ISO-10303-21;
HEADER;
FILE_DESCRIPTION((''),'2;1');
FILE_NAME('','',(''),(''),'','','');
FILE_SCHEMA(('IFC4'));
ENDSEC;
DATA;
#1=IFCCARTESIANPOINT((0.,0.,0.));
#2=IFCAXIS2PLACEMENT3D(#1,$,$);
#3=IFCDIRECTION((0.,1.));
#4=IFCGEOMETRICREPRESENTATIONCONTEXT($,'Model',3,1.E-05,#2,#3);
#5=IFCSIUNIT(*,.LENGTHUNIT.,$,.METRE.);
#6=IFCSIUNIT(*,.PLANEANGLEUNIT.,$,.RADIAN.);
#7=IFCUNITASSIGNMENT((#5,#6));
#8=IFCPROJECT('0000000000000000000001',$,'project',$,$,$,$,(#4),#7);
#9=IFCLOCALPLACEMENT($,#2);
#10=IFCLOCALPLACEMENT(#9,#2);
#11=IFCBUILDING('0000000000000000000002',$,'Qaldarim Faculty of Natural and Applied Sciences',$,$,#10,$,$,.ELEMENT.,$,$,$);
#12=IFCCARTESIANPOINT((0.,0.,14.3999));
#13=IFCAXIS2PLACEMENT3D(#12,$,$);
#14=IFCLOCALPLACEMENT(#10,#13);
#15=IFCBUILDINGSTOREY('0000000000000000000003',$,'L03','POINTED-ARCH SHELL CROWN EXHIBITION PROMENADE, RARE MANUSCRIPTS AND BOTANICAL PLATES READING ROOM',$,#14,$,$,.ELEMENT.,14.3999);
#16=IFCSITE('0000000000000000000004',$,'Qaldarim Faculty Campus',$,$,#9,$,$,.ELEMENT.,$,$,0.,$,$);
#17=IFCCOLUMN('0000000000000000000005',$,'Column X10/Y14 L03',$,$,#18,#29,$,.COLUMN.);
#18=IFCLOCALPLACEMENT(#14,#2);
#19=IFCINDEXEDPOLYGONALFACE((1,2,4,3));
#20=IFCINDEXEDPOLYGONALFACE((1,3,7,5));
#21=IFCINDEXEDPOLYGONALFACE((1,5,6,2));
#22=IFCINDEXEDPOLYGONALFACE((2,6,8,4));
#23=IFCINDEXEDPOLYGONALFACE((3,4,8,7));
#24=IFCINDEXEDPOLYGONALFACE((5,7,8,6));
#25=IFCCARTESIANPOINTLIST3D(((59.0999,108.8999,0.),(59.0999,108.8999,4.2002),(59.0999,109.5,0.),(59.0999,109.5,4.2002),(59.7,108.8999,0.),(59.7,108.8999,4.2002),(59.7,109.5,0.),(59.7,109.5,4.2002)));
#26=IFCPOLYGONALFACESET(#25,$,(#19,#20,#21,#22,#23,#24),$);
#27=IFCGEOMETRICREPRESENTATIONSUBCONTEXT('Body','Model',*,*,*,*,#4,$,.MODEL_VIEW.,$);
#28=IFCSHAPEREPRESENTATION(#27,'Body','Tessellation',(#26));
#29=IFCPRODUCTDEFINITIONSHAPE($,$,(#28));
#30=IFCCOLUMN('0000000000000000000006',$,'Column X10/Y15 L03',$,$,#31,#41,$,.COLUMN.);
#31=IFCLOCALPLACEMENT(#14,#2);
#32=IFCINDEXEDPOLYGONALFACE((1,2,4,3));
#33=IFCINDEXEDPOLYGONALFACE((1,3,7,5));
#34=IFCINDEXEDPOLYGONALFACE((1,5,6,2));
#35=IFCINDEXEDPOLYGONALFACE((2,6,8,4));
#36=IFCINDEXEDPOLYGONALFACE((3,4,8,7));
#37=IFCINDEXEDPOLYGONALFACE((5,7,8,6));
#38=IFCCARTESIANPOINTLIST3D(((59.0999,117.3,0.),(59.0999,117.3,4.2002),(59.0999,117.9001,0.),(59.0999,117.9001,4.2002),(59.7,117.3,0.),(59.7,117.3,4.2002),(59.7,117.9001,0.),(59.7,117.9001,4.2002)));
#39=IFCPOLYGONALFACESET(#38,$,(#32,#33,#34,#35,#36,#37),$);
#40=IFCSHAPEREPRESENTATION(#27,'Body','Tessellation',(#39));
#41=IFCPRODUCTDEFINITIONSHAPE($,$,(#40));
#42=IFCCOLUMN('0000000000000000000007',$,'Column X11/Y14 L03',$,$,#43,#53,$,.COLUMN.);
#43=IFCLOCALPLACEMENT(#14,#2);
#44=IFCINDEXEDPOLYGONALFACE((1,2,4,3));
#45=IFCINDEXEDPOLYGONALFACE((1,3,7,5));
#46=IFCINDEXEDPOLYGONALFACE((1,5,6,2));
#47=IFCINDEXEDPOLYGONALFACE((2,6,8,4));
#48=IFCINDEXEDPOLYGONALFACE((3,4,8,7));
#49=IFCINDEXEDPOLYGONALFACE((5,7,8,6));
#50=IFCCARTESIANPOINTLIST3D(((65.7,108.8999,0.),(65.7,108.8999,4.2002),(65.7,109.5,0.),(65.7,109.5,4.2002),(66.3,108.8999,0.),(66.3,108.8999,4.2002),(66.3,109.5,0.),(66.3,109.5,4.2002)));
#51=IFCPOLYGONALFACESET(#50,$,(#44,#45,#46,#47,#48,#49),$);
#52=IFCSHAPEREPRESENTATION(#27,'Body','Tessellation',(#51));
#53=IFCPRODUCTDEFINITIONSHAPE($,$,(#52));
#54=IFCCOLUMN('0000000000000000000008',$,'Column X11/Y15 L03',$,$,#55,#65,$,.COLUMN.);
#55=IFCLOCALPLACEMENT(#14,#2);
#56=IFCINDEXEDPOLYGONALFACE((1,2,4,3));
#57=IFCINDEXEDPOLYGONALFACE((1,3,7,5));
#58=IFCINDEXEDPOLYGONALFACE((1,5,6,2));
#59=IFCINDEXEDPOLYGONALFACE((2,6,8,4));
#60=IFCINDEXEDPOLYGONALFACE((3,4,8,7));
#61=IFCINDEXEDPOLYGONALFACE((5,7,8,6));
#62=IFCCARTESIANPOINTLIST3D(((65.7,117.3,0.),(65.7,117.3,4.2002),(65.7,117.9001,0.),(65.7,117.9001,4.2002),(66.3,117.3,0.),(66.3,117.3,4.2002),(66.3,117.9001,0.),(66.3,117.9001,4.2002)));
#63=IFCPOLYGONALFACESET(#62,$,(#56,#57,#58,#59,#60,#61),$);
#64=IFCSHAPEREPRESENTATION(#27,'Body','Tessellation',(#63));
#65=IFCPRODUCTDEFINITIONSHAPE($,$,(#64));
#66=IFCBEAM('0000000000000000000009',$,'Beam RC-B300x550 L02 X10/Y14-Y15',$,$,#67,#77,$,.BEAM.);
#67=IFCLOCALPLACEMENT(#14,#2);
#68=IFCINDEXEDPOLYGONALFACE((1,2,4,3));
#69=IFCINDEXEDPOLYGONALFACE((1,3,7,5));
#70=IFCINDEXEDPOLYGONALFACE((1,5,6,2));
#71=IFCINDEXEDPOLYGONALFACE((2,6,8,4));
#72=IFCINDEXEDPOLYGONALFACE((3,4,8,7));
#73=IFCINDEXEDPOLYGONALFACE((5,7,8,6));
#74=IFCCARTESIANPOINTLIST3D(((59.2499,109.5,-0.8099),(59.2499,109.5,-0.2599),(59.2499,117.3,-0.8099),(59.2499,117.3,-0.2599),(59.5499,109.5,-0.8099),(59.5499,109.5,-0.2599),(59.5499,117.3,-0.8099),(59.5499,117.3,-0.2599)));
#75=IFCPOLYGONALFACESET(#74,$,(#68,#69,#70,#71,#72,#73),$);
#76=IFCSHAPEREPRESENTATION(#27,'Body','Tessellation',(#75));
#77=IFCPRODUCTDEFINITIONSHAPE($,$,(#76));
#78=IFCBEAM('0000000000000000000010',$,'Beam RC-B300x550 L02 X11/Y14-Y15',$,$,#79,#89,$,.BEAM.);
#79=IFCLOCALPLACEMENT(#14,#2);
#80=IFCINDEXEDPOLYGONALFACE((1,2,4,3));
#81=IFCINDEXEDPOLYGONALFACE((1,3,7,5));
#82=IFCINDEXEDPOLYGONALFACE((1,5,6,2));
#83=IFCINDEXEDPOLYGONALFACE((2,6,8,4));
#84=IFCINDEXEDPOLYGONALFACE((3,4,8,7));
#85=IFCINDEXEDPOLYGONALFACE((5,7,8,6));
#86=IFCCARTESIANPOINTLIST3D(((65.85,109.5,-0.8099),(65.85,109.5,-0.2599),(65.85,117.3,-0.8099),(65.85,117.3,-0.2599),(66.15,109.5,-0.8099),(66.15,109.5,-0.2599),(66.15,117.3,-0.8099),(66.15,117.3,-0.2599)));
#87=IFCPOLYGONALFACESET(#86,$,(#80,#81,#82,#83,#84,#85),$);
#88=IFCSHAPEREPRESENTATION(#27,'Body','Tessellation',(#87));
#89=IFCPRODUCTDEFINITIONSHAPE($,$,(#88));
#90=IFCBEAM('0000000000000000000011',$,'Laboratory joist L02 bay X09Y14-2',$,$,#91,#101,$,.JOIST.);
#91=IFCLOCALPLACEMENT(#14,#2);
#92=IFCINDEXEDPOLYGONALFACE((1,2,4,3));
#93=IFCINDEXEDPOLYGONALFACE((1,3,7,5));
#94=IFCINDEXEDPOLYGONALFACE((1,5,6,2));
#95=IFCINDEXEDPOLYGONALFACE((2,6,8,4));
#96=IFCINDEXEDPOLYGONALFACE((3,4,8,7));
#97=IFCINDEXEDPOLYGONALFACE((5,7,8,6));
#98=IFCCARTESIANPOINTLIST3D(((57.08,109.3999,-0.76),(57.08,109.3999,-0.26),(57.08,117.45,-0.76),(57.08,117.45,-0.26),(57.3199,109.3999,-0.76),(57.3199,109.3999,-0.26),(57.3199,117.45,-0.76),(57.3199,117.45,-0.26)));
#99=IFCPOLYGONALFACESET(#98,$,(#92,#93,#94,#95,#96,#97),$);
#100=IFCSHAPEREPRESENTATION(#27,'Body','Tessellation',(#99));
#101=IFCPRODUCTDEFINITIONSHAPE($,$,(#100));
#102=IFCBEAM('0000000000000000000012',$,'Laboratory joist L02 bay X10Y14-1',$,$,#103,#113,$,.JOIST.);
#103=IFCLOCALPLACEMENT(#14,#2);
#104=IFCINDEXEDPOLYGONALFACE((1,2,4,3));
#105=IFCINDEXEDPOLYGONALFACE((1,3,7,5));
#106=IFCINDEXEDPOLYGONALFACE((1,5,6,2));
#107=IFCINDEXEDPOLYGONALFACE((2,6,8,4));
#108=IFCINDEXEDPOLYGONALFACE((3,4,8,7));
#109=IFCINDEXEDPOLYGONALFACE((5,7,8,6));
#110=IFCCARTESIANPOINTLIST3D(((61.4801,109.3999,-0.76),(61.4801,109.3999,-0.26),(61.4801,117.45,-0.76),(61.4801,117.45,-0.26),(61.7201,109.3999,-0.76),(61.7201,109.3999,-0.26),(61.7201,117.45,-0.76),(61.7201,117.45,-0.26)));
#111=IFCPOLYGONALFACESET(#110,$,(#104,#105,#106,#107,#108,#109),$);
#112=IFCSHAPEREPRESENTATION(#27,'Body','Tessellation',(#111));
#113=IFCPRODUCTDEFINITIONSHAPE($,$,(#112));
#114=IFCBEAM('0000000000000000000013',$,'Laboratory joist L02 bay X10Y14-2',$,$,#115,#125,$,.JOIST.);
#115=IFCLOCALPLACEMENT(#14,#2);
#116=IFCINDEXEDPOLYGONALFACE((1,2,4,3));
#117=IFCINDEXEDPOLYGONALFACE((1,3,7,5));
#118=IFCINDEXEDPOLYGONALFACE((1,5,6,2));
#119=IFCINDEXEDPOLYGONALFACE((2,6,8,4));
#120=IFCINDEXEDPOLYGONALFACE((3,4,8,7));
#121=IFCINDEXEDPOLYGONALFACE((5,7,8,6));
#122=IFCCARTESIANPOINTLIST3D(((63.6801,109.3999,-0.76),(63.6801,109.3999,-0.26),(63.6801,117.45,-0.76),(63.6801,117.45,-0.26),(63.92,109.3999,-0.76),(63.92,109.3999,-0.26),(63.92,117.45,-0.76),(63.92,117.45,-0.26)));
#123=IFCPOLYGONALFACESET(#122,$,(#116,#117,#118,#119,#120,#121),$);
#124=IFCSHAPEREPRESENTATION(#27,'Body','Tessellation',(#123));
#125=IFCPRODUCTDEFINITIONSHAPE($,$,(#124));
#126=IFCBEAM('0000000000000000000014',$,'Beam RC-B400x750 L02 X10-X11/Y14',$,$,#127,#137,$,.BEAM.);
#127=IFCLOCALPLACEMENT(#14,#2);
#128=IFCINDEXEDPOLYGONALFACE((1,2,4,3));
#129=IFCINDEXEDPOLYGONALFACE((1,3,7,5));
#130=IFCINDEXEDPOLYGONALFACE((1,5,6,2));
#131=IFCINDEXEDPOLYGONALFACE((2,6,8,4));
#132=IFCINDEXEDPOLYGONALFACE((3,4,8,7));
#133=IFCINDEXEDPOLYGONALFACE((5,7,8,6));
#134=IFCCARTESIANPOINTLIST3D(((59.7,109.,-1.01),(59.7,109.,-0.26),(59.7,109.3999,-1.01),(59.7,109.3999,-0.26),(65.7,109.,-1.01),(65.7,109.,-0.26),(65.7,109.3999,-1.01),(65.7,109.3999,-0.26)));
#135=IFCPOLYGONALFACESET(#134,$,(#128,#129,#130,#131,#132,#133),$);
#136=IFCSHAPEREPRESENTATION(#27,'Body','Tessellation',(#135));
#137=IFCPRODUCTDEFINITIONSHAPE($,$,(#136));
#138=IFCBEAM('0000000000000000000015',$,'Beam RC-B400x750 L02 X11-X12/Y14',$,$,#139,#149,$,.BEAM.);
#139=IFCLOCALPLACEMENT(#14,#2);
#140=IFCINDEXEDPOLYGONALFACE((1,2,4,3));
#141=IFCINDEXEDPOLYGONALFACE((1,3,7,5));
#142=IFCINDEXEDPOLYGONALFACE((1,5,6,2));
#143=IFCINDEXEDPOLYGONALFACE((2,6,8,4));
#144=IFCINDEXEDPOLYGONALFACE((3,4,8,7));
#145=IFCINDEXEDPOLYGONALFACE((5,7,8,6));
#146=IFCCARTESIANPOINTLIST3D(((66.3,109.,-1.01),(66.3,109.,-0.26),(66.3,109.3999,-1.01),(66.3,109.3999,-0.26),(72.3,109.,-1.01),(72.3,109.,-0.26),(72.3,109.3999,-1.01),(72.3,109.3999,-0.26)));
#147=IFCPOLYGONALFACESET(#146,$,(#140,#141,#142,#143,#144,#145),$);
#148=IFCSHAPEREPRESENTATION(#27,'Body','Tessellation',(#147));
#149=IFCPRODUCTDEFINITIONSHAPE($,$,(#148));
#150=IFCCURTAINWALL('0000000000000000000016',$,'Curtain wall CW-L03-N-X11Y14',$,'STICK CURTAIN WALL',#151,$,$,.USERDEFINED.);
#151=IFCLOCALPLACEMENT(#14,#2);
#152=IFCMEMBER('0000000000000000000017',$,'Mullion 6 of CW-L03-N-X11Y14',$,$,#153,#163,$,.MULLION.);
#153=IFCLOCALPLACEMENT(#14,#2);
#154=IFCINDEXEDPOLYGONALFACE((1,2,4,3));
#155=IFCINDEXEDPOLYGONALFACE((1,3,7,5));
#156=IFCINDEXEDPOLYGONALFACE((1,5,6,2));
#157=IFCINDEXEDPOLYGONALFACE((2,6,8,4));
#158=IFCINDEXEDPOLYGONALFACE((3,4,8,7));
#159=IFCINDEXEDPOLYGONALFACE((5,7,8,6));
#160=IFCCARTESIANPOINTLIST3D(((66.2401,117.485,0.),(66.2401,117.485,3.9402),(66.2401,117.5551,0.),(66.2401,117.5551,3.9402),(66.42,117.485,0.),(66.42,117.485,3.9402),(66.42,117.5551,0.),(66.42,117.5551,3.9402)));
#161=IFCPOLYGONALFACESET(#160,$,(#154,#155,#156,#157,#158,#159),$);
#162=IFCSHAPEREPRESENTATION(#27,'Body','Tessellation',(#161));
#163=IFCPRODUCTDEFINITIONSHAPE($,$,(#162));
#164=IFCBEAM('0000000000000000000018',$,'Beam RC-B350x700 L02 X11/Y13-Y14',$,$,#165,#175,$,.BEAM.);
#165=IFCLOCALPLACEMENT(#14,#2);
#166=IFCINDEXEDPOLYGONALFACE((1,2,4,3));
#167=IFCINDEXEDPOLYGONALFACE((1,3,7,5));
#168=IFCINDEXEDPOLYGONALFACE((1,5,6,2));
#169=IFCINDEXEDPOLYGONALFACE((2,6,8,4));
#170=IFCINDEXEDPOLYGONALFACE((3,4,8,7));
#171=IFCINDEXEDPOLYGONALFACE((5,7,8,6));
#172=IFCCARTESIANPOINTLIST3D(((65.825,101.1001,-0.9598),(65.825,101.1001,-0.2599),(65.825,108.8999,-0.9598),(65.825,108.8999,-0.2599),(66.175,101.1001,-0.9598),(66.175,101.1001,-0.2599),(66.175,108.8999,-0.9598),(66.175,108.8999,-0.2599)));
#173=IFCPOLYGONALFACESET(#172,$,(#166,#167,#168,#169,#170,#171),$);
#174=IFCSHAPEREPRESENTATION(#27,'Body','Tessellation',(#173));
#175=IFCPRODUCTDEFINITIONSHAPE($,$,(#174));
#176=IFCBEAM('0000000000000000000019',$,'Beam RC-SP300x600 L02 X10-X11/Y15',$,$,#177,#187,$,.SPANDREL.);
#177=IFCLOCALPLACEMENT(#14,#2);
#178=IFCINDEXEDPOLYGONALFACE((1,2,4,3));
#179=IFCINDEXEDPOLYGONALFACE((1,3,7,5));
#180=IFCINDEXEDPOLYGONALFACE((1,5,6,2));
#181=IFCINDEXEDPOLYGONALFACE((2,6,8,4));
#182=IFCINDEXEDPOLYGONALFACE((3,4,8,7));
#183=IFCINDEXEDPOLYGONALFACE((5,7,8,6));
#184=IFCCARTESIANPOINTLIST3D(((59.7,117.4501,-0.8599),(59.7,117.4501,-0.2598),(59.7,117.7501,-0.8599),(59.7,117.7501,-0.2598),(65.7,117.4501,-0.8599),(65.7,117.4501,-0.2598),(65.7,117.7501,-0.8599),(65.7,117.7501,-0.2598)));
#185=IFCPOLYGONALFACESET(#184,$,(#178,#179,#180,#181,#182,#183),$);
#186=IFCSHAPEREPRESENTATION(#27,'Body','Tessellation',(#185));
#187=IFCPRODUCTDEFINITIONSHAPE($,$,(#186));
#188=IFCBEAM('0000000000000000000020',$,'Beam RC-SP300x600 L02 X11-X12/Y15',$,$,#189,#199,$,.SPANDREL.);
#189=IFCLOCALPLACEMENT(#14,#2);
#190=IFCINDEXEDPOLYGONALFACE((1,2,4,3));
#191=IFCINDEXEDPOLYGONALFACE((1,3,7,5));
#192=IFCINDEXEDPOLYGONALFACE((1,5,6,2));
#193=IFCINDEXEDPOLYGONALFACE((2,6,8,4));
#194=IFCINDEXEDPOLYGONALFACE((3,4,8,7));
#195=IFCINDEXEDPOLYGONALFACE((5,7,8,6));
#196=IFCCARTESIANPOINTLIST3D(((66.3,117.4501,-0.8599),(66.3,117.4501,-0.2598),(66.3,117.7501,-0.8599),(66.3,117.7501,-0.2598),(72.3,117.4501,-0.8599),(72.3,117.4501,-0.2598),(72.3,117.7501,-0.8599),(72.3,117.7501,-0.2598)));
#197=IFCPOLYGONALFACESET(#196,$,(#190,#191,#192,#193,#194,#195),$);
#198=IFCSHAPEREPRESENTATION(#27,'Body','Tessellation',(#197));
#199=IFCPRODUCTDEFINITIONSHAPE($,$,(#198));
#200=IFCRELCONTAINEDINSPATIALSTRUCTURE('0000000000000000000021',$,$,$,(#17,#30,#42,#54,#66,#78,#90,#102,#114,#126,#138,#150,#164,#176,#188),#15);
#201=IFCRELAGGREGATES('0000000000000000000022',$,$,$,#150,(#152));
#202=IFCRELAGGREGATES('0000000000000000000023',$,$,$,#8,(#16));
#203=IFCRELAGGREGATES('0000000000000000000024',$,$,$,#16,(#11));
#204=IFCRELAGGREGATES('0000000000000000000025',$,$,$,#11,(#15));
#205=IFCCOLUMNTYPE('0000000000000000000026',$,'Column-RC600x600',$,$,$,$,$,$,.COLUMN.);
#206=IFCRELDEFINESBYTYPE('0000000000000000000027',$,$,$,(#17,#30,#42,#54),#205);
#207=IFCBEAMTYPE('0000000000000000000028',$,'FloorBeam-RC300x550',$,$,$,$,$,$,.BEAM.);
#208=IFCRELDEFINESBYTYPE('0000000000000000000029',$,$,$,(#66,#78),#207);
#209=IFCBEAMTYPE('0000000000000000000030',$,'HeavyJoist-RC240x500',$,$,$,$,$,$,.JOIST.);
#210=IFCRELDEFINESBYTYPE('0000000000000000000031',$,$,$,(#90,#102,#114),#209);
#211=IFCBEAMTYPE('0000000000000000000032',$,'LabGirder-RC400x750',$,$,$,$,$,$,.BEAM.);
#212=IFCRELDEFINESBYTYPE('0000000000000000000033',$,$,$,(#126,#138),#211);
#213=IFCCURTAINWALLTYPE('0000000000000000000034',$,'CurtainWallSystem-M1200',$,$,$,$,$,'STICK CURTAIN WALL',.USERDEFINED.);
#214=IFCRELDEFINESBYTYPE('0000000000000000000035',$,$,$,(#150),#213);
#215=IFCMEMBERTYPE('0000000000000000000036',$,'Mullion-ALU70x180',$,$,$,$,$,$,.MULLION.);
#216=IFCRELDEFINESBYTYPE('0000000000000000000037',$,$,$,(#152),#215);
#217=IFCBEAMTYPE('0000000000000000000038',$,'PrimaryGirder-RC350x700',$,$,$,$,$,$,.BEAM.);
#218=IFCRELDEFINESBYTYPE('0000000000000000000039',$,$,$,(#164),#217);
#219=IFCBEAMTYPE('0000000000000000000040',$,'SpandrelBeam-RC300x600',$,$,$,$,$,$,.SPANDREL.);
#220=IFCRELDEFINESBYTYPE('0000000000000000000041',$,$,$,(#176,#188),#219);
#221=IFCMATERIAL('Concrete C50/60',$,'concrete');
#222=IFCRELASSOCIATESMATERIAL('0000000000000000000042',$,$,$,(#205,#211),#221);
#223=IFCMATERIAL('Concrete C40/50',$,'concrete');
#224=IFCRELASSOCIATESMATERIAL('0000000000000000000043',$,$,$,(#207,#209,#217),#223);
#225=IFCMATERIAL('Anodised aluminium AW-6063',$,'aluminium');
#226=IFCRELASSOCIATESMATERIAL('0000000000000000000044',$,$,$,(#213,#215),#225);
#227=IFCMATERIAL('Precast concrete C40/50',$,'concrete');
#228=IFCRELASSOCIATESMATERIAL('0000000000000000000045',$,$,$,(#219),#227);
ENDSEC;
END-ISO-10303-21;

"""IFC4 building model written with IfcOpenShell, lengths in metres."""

from ifc_helpers import new_model, si_unit, direction, frame, origin, origin_2d, place, context, subcontext, project, spatial, rectangle, extrude, material, material_profile, profile_set, type_object, element, aggregate, save


model = new_model("IFC4")

# Units and contexts
model_context = context("Model", 3, precision=1e-05, world=origin(), true_north=direction((0.0, 1.0)))
body_context = subcontext(model_context, "Body", "Model", "MODEL_VIEW")
ifc_project = project(units=[si_unit("LENGTHUNIT", "METRE"), si_unit("PLANEANGLEUNIT", "RADIAN")], contexts=[model_context])

# Site, building, storey
site_placement = place(None, origin())
site = spatial("IfcSite", under=ifc_project, at=site_placement, Name="Qaldarim Faculty Campus", CompositionType="ELEMENT", RefElevation=0.0)
building_placement = place(site_placement, origin())
building = spatial("IfcBuilding", under=site, at=building_placement, Name="Qaldarim Faculty of Natural and Applied Sciences", CompositionType="ELEMENT")
storey_placement = place(building_placement, frame((0.0, 0.0, 14.3999)))
storey = spatial("IfcBuildingStorey", under=building, at=storey_placement, Name="L03", Description="POINTED-ARCH SHELL CROWN EXHIBITION PROMENADE, RARE MANUSCRIPTS AND BOTANICAL PLATES READING ROOM", CompositionType="ELEMENT", Elevation=14.3999)

# Columns
ifc_material_1 = material(Name="Concrete C50/60", Category="concrete")
ifc_material_profile_1 = material_profile(ifc_material_1, rectangle(XDim=0.6001, YDim=0.6001, at=origin_2d()), Name="RC-C600x600")
ifc_profile_set_1 = profile_set([ifc_material_profile_1], Name="Concrete C50/60")
column_type = type_object("IfcColumnType", Name="Column-RC600x600", PredefinedType="COLUMN", material=ifc_profile_set_1)
for number, where, z_axis, x_axis, name in (
    (1, (59.3999, 109.2, 0.0), (0.0, 0.0, 1.0), (1.0, 0.0, 0.0), "Column X10/Y14 L03"),
    (2, (59.3999, 117.6001, 0.0), (0.0, 0.0, 1.0), (1.0, 0.0, 0.0), "Column X10/Y15 L03"),
    (3, (66.0, 109.2, 0.0), (0.0, 0.0, 1.0), (1.0, 0.0, 0.0), "Column X11/Y14 L03"),
    (4, (66.0, 117.6001, 0.0), (0.0, 0.0, 1.0), (1.0, 0.0, 0.0), "Column X11/Y15 L03"),
):
    element("IfcColumn", number, at=place(storey_placement, frame(where, z_axis=z_axis, x_axis=x_axis)), inside=storey, type_object=column_type, Name=name, PredefinedType="COLUMN", context=body_context, shape_type="SweptSolid", body=[
        extrude(rectangle(XDim=0.6001, YDim=0.6001, at=origin_2d()), origin(), (0.0, 0.0, 1.0), 4.2002),
    ])

# Beams
ifc_material_2 = material(Name="Concrete C40/50", Category="concrete")
ifc_material_profile_2 = material_profile(ifc_material_2, rectangle(XDim=0.3, YDim=0.55, at=origin_2d()), Name="RC-B300x550")
ifc_profile_set_2 = profile_set([ifc_material_profile_2], Name="Concrete C40/50")
beam_type_1 = type_object("IfcBeamType", Name="FloorBeam-RC300x550", PredefinedType="BEAM", material=ifc_profile_set_2)
for number, where, z_axis, x_axis, name in (
    (5, (59.3999, 109.5, -0.5349), (0.0, 1.0, 0.0), (-1.0, 0.0, 0.0), "Beam RC-B300x550 L02 X10/Y14-Y15"),
    (6, (66.0, 109.5, -0.5349), (0.0, 1.0, 0.0), (-1.0, 0.0, 0.0), "Beam RC-B300x550 L02 X11/Y14-Y15"),
):
    element("IfcBeam", number, at=place(storey_placement, frame(where, z_axis=z_axis, x_axis=x_axis)), inside=storey, type_object=beam_type_1, Name=name, PredefinedType="BEAM", context=body_context, shape_type="SweptSolid", body=[
        extrude(rectangle(XDim=0.3, YDim=0.55, at=origin_2d()), origin(), (0.0, 0.0, 1.0), 7.8),
    ])
ifc_material_profile_3 = material_profile(ifc_material_2, rectangle(XDim=0.24, YDim=0.5, at=origin_2d()), Name="RC-J240x500")
ifc_profile_set_3 = profile_set([ifc_material_profile_3], Name="Concrete C40/50")
beam_type_2 = type_object("IfcBeamType", Name="HeavyJoist-RC240x500", PredefinedType="JOIST", material=ifc_profile_set_3)
for number, where, z_axis, x_axis, name in (
    (7, (57.2, 109.3999, -0.51), (0.0, 1.0, 0.0), (-1.0, 0.0, 0.0), "Laboratory joist L02 bay X09Y14-2"),
    (8, (61.6001, 109.3999, -0.51), (0.0, 1.0, 0.0), (-1.0, 0.0, 0.0), "Laboratory joist L02 bay X10Y14-1"),
    (9, (63.8, 109.3999, -0.51), (0.0, 1.0, 0.0), (-1.0, 0.0, 0.0), "Laboratory joist L02 bay X10Y14-2"),
):
    element("IfcBeam", number, at=place(storey_placement, frame(where, z_axis=z_axis, x_axis=x_axis)), inside=storey, type_object=beam_type_2, Name=name, PredefinedType="JOIST", context=body_context, shape_type="SweptSolid", body=[
        extrude(rectangle(XDim=0.24, YDim=0.5, at=origin_2d()), origin(), (0.0, 0.0, 1.0), 8.05),
    ])
ifc_material_profile_4 = material_profile(ifc_material_1, rectangle(XDim=0.3999, YDim=0.75, at=origin_2d()), Name="RC-B400x750")
ifc_profile_set_4 = profile_set([ifc_material_profile_4], Name="Concrete C50/60")
beam_type_3 = type_object("IfcBeamType", Name="LabGirder-RC400x750", PredefinedType="BEAM", material=ifc_profile_set_4)
for number, where, z_axis, x_axis, name in (
    (10, (59.7, 109.2, -0.635), (1.0, 0.0, 0.0), (0.0, 1.0, 0.0), "Beam RC-B400x750 L02 X10-X11/Y14"),
    (11, (66.3, 109.2, -0.635), (1.0, 0.0, 0.0), (0.0, 1.0, 0.0), "Beam RC-B400x750 L02 X11-X12/Y14"),
):
    element("IfcBeam", number, at=place(storey_placement, frame(where, z_axis=z_axis, x_axis=x_axis)), inside=storey, type_object=beam_type_3, Name=name, PredefinedType="BEAM", context=body_context, shape_type="SweptSolid", body=[
        extrude(rectangle(XDim=0.3999, YDim=0.75, at=origin_2d()), origin(), (0.0, 0.0, 1.0), 6.0),
    ])

# Curtain wall, member
ifc_material_3 = material(Name="Anodised aluminium AW-6063", Category="aluminium")
curtain_wall_type = type_object("IfcCurtainWallType", Name="CurtainWallSystem-M1200", ElementType="STICK CURTAIN WALL", PredefinedType="USERDEFINED", material=ifc_material_3)
curtain_wall_placement = place(storey_placement, origin())
curtain_wall = element("IfcCurtainWall", 12, at=curtain_wall_placement, inside=storey, type_object=curtain_wall_type, Name="Curtain wall CW-L03-N-X11Y14", ObjectType="STICK CURTAIN WALL", PredefinedType="USERDEFINED")
ifc_material_profile_5 = material_profile(ifc_material_3, rectangle(XDim=0.0701, YDim=0.1799, at=origin_2d()), Name="ALU-M70x180")
ifc_profile_set_5 = profile_set([ifc_material_profile_5], Name="Anodised aluminium AW-6063")
member_type = type_object("IfcMemberType", Name="Mullion-ALU70x180", PredefinedType="MULLION", material=ifc_profile_set_5)
member_placement = place(storey_placement, frame((66.3301, 117.52, 0.0), z_axis=(0.0, 0.0, 1.0), x_axis=(0.0, -1.0, 0.0)))
member = element("IfcMember", 13, at=member_placement, type_object=member_type, Name="Mullion 6 of CW-L03-N-X11Y14", PredefinedType="MULLION", context=body_context, shape_type="SweptSolid", body=[
    extrude(rectangle(XDim=0.0701, YDim=0.1799, at=origin_2d()), origin(), (0.0, 0.0, 1.0), 3.9402),
])
aggregate(curtain_wall, [member])

# Beams
ifc_material_profile_6 = material_profile(ifc_material_2, rectangle(XDim=0.3501, YDim=0.7, at=origin_2d()), Name="RC-B350x700")
ifc_profile_set_6 = profile_set([ifc_material_profile_6], Name="Concrete C40/50")
beam_type_4 = type_object("IfcBeamType", Name="PrimaryGirder-RC350x700", PredefinedType="BEAM", material=ifc_profile_set_6)
beam_placement = place(storey_placement, frame((66.0, 101.1001, -0.6099), z_axis=(0.0, 1.0, 0.0), x_axis=(-1.0, 0.0, 0.0)))
element("IfcBeam", 14, at=beam_placement, inside=storey, type_object=beam_type_4, Name="Beam RC-B350x700 L02 X11/Y13-Y14", PredefinedType="BEAM", context=body_context, shape_type="SweptSolid", body=[
    extrude(rectangle(XDim=0.3501, YDim=0.7, at=origin_2d()), origin(), (0.0, 0.0, 1.0), 7.7998),
])
ifc_material_4 = material(Name="Precast concrete C40/50", Category="concrete")
ifc_material_profile_7 = material_profile(ifc_material_4, rectangle(XDim=0.3, YDim=0.6001, at=origin_2d()), Name="RC-SP300x600")
ifc_profile_set_7 = profile_set([ifc_material_profile_7], Name="Precast concrete C40/50")
beam_type_5 = type_object("IfcBeamType", Name="SpandrelBeam-RC300x600", PredefinedType="SPANDREL", material=ifc_profile_set_7)
for number, where, z_axis, x_axis, name in (
    (15, (59.7, 117.6001, -0.5598), (1.0, 0.0, 0.0), (0.0, 1.0, 0.0), "Beam RC-SP300x600 L02 X10-X11/Y15"),
    (16, (66.3, 117.6001, -0.5598), (1.0, 0.0, 0.0), (0.0, 1.0, 0.0), "Beam RC-SP300x600 L02 X11-X12/Y15"),
):
    element("IfcBeam", number, at=place(storey_placement, frame(where, z_axis=z_axis, x_axis=x_axis)), inside=storey, type_object=beam_type_5, Name=name, PredefinedType="SPANDREL", context=body_context, shape_type="SweptSolid", body=[
        extrude(rectangle(XDim=0.3, YDim=0.6001, at=origin_2d()), origin(), (0.0, 0.0, 1.0), 6.0),
    ])

save(model, "model.ifc")
